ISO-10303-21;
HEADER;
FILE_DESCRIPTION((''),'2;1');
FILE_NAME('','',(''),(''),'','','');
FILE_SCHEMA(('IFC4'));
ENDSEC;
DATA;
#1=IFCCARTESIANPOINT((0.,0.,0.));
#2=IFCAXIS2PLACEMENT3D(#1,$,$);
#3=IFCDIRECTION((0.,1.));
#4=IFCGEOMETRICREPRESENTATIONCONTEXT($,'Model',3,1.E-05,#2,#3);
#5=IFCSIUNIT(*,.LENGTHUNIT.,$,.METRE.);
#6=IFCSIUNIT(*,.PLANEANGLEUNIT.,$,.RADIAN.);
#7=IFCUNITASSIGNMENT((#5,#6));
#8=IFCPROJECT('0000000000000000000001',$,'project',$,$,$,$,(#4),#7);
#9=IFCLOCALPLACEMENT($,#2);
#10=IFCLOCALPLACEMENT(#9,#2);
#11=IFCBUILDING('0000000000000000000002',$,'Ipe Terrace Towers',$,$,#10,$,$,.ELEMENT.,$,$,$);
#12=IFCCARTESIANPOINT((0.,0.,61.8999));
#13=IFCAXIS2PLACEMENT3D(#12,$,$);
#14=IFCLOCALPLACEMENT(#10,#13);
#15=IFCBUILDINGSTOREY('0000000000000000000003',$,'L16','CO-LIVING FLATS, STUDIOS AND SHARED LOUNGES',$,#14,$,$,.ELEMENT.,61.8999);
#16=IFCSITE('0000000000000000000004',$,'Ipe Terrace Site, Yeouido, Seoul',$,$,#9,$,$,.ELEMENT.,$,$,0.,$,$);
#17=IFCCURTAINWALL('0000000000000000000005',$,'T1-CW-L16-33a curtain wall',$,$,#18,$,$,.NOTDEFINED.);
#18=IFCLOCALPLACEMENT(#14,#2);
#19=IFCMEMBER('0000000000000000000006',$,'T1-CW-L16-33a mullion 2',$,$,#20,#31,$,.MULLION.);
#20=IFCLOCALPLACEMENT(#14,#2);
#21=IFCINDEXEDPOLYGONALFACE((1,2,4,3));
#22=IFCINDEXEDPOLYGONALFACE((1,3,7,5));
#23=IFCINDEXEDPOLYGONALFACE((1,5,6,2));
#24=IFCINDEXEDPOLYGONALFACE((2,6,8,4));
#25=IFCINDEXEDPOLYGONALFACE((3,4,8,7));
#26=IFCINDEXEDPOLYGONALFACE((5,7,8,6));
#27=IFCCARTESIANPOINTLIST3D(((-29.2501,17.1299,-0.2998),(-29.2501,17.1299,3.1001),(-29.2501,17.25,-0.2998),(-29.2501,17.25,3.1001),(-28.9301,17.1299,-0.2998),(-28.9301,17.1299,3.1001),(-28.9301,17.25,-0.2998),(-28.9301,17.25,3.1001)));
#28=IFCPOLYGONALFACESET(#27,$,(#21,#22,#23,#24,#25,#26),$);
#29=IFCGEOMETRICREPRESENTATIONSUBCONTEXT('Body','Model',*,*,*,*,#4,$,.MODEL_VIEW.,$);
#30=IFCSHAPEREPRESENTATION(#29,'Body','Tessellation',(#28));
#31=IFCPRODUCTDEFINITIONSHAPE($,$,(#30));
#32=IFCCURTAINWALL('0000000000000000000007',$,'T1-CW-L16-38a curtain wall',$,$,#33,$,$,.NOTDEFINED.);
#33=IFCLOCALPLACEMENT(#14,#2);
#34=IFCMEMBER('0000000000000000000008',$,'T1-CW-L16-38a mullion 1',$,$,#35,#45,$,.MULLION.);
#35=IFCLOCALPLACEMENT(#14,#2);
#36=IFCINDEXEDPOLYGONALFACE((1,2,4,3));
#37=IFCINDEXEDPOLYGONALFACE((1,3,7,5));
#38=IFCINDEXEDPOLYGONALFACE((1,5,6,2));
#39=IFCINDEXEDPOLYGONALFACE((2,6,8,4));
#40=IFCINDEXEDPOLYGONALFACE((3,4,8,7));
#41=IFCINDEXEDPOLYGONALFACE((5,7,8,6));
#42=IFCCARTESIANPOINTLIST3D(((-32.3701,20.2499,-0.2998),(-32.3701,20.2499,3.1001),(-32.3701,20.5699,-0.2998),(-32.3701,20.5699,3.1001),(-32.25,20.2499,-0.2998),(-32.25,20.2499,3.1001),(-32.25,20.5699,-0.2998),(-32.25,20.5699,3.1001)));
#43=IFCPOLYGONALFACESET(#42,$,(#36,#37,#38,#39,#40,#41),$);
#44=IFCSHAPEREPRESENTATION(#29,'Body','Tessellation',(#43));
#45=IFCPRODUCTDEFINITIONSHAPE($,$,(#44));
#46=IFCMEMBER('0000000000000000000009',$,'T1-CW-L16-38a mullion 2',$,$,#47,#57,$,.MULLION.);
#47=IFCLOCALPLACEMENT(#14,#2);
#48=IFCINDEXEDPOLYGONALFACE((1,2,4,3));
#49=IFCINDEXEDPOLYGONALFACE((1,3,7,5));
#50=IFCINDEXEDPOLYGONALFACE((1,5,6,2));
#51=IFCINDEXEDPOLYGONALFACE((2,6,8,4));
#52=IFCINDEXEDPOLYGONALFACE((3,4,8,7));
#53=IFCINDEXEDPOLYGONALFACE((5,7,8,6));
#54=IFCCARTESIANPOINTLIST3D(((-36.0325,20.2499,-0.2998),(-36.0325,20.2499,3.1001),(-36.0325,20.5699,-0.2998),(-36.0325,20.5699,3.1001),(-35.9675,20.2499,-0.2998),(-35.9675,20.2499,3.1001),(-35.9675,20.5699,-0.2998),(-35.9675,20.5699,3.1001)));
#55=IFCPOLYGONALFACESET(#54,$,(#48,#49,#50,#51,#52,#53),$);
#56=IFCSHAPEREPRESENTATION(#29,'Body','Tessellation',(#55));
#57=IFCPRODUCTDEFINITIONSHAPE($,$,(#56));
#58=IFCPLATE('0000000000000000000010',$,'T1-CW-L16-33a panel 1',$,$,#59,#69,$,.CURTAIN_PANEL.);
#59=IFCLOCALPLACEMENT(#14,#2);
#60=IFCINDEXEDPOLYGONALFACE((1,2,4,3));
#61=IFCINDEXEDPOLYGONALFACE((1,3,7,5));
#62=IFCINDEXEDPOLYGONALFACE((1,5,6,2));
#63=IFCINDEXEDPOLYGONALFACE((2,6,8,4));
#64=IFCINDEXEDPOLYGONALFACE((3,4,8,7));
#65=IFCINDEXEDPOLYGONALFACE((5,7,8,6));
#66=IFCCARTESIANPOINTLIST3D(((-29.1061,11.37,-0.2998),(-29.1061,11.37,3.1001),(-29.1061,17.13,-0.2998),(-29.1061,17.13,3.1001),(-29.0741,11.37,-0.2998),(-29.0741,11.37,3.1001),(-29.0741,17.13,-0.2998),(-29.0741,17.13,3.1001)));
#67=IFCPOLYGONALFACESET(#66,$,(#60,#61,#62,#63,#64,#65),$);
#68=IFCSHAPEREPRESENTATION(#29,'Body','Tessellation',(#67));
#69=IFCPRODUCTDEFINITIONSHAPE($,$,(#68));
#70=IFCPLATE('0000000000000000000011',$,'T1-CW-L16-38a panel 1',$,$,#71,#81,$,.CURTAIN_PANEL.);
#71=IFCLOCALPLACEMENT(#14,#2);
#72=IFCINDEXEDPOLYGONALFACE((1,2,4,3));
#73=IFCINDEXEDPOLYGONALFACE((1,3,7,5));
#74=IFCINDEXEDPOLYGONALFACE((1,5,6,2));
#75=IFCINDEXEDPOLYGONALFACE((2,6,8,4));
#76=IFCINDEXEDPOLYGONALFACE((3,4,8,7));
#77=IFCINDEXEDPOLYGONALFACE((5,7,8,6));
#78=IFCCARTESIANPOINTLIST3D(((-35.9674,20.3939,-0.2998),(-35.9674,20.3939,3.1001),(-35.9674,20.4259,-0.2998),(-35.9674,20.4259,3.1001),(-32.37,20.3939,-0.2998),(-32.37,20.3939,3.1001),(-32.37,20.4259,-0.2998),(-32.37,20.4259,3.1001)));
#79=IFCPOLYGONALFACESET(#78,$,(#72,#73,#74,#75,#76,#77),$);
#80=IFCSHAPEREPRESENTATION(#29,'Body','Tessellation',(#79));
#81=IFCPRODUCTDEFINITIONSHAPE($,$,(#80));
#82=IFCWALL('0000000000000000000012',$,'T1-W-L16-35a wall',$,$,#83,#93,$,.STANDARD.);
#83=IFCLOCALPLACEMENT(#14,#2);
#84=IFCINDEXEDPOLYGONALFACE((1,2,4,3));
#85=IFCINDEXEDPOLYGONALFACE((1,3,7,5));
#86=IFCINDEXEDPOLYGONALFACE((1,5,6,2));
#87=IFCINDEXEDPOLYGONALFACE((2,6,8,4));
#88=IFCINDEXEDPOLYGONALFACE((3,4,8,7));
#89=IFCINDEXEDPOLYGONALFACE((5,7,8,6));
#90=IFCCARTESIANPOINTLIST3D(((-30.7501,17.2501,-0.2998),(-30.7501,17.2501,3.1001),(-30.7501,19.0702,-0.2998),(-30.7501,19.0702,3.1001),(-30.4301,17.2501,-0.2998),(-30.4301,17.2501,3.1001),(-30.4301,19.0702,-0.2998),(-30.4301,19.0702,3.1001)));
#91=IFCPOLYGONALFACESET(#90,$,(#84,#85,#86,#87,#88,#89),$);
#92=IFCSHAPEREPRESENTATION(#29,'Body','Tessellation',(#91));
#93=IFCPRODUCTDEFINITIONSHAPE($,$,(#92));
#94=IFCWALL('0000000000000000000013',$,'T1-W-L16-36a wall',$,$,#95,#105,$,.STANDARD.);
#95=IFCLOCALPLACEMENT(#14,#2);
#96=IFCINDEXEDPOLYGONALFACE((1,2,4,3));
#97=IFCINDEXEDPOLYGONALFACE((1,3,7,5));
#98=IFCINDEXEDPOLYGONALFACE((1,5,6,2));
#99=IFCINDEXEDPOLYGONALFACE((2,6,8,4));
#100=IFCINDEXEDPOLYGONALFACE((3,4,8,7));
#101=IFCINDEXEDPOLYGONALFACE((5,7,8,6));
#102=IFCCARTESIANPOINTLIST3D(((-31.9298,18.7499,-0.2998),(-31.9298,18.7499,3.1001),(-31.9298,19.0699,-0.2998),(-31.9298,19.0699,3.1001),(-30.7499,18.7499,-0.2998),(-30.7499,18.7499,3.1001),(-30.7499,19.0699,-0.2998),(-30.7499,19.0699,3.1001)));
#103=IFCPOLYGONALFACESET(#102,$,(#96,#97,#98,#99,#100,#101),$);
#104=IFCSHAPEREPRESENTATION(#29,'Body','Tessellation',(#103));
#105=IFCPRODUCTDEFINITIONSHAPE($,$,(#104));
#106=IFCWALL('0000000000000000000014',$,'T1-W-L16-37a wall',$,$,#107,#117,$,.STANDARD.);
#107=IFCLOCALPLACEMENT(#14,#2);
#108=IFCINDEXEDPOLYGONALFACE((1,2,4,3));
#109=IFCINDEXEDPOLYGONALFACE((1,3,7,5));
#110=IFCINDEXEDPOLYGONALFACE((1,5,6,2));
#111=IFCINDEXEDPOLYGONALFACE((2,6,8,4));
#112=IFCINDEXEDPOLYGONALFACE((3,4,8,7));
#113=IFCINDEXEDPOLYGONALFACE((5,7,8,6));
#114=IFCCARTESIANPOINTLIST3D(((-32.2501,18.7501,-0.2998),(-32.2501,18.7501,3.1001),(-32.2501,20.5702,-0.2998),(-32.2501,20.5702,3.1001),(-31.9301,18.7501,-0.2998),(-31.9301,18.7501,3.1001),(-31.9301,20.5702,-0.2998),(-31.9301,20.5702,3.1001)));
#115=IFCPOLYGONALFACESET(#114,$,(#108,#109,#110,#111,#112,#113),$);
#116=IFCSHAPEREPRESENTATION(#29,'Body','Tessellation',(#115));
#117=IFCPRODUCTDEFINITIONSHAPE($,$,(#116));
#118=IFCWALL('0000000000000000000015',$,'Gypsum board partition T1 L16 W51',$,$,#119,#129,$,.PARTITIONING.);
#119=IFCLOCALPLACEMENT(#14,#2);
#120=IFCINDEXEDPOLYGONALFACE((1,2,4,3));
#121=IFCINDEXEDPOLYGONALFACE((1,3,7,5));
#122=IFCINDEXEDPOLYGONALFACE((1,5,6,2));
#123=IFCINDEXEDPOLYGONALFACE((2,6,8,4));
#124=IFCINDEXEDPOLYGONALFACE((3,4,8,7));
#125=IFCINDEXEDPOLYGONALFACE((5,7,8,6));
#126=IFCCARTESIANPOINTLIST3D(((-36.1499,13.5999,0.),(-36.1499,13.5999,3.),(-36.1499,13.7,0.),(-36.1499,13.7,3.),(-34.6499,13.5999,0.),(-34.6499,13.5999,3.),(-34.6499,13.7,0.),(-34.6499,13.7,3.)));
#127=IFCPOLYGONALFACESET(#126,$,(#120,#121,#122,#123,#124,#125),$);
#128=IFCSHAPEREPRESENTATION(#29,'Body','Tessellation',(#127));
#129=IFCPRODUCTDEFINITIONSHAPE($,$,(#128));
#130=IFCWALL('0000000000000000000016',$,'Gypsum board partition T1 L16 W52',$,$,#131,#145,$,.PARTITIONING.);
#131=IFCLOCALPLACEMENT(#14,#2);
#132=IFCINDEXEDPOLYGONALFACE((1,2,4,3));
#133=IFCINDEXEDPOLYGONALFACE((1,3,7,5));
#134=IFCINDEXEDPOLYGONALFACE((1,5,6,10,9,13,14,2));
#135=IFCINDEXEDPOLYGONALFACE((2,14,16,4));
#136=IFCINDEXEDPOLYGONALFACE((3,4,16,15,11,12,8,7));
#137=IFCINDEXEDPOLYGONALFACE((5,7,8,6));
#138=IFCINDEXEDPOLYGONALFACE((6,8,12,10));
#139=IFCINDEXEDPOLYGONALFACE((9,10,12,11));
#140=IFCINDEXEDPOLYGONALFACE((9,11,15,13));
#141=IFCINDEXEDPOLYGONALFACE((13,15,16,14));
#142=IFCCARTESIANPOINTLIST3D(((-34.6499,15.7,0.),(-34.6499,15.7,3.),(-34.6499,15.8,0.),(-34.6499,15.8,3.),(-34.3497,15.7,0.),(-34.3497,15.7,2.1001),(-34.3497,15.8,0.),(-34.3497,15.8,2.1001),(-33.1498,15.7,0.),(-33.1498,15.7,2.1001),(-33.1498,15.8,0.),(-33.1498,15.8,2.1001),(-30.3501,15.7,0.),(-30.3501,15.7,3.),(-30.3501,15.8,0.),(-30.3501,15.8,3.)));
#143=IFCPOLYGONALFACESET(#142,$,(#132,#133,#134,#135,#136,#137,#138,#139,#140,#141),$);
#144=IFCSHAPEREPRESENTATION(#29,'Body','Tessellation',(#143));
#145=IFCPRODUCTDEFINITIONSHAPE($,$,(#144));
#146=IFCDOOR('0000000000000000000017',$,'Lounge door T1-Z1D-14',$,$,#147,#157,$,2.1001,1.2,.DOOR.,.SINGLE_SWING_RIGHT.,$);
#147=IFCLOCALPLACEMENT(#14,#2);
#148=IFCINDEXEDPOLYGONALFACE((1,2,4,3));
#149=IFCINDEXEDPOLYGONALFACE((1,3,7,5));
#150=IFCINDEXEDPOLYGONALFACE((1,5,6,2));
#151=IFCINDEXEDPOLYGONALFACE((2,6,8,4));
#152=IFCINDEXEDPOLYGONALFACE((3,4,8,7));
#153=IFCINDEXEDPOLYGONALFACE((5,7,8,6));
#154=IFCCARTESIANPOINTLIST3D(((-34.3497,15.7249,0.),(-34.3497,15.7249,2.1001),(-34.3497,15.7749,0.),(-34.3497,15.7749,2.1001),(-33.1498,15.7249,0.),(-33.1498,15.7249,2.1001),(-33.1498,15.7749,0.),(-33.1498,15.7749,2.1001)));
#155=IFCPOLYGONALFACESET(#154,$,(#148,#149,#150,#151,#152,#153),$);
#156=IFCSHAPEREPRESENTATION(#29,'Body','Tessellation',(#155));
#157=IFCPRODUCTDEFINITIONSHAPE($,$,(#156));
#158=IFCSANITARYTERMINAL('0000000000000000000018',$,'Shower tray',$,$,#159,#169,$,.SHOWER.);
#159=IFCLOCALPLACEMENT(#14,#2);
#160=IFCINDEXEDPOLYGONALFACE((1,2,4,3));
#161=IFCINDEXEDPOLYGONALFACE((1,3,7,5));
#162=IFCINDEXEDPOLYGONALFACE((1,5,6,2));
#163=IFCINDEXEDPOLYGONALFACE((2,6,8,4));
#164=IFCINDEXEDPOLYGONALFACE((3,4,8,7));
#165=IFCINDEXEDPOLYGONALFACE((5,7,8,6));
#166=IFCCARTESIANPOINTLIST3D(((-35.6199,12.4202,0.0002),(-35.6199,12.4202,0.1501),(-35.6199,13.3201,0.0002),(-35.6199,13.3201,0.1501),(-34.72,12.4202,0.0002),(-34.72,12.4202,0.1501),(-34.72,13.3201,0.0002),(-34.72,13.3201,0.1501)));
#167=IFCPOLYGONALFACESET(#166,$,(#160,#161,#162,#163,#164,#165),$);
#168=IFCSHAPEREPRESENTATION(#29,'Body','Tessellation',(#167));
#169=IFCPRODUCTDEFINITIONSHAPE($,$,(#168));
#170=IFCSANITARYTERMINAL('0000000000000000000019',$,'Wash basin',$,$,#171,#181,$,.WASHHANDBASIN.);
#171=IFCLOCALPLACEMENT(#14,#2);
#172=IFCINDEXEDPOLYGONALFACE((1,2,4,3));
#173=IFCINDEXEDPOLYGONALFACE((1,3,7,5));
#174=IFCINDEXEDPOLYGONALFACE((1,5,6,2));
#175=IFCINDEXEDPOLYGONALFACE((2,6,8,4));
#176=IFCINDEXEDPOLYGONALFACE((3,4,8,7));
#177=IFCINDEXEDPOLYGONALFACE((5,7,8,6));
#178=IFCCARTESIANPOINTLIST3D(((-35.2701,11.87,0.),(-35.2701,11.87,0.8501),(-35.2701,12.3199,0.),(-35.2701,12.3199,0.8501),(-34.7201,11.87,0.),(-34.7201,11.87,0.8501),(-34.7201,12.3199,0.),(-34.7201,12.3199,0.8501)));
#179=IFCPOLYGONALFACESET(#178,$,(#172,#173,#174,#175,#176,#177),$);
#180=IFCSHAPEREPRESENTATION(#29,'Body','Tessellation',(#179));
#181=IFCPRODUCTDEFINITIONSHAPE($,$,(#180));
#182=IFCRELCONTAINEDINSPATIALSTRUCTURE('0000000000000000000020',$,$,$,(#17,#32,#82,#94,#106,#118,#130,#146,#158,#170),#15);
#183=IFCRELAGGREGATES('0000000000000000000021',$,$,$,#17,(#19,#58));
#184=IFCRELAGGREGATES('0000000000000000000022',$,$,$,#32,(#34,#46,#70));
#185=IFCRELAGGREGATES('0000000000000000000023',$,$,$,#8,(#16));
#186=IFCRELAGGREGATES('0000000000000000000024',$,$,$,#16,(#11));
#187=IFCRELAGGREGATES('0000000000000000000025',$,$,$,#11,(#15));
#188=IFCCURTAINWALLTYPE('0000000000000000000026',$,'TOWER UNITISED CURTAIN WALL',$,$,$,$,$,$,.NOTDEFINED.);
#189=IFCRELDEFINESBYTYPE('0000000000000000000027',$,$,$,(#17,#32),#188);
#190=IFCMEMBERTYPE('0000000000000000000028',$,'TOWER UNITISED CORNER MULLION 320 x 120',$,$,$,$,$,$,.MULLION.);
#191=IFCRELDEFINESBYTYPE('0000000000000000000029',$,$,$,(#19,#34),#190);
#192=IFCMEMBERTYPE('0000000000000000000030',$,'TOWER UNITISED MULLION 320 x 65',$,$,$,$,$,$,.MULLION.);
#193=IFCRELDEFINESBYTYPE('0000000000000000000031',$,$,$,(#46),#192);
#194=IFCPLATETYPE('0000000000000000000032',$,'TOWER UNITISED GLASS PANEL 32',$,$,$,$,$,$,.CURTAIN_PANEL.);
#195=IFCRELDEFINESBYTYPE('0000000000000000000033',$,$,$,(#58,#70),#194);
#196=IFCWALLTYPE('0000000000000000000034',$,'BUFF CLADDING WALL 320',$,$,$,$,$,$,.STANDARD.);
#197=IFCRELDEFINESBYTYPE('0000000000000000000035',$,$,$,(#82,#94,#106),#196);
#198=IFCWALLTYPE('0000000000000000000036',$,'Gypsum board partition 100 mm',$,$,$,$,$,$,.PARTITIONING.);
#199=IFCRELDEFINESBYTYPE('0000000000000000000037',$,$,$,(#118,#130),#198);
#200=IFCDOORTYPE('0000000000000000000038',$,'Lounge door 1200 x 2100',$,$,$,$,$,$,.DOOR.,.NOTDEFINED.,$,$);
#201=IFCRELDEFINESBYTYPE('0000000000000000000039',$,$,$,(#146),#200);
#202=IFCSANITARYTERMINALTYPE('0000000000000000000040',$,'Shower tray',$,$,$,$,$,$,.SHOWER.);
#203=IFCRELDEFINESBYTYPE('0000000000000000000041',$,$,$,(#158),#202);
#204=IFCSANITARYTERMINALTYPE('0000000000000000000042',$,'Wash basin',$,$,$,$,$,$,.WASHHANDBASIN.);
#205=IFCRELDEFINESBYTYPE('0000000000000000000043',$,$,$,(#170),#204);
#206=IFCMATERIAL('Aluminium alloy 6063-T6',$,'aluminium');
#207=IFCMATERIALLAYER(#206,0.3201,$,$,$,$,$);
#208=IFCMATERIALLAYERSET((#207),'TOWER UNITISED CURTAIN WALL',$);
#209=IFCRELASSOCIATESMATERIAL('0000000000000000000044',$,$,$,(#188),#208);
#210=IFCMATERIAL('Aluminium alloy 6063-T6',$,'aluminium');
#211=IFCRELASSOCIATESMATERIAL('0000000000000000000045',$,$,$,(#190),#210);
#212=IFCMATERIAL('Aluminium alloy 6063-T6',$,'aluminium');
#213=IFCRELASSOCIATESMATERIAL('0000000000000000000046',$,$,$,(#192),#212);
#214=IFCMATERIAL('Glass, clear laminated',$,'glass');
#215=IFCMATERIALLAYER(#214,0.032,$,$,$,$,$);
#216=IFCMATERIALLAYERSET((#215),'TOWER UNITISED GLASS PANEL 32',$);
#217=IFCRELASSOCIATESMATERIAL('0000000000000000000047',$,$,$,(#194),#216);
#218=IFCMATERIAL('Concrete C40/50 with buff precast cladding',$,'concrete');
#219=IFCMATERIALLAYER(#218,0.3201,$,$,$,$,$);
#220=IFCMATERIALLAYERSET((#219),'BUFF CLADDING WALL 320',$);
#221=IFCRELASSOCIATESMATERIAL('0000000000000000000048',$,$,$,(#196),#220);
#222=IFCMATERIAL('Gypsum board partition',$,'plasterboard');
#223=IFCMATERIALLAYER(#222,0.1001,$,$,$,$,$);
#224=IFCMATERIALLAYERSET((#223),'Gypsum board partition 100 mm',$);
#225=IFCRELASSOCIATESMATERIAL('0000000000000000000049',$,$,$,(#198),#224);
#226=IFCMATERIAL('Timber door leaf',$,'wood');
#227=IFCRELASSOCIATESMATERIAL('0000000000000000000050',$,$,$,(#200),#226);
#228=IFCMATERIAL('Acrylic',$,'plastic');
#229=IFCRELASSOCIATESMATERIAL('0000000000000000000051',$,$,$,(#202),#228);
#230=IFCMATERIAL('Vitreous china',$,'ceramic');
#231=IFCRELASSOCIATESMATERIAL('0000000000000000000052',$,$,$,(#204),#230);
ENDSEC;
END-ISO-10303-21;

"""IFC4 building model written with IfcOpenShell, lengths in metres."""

from ifc_helpers import new_model, si_unit, direction, frame, frame_2d, origin, origin_2d, place, context, subcontext, project, spatial, rectangle, extrude, material, layer, layer_set, material_profile, profile_set, type_object, element, fill, aggregate, save


model = new_model("IFC4")

# Units and contexts
model_context = context("Model", 3, precision=1e-05, world=origin(), true_north=direction((0.0, 1.0)))
body_context = subcontext(model_context, "Body", "Model", "MODEL_VIEW")
ifc_project = project(units=[si_unit("LENGTHUNIT", "METRE"), si_unit("PLANEANGLEUNIT", "RADIAN")], contexts=[model_context])

# Site, building, storey
site_placement = place(None, origin())
site = spatial("IfcSite", under=ifc_project, at=site_placement, Name="Ipe Terrace Site, Yeouido, Seoul", CompositionType="ELEMENT", RefElevation=0.0)
building_placement = place(site_placement, origin())
building = spatial("IfcBuilding", under=site, at=building_placement, Name="Ipe Terrace Towers", CompositionType="ELEMENT")
storey_placement = place(building_placement, frame((0.0, 0.0, 61.8999)))
storey = spatial("IfcBuildingStorey", under=building, at=storey_placement, Name="L16", Description="CO-LIVING FLATS, STUDIOS AND SHARED LOUNGES", CompositionType="ELEMENT", Elevation=61.8999)

# Curtain wall, member
ifc_material_1 = material(Name="Aluminium alloy 6063-T6", Category="aluminium")
ifc_layer_1 = layer(ifc_material_1, 0.3201)
ifc_layer_set_1 = layer_set([ifc_layer_1], Name="TOWER UNITISED CURTAIN WALL")
curtain_wall_type = type_object("IfcCurtainWallType", Name="TOWER UNITISED CURTAIN WALL", PredefinedType="NOTDEFINED", material=ifc_layer_set_1)
curtain_wall_1_placement = place(storey_placement, origin())
curtain_wall_1 = element("IfcCurtainWall", 1, at=curtain_wall_1_placement, inside=storey, type_object=curtain_wall_type, Name="T1-CW-L16-33a curtain wall", PredefinedType="NOTDEFINED")
ifc_material_2 = material(Name="Aluminium alloy 6063-T6", Category="aluminium")
ifc_material_profile_1 = material_profile(ifc_material_2, rectangle(XDim=0.3201, YDim=0.1201, at=origin_2d()), Name="TOWER UNITISED CORNER MULLION 320 x 120")
ifc_profile_set_1 = profile_set([ifc_material_profile_1], Name="Aluminium alloy 6063-T6")
member_type_1 = type_object("IfcMemberType", Name="TOWER UNITISED CORNER MULLION 320 x 120", PredefinedType="MULLION", material=ifc_profile_set_1)
member_1_placement = place(storey_placement, frame((-29.0901, 17.1899, -0.2998), z_axis=(0.0, 0.0, 1.0), x_axis=(1.0, 0.0, 0.0)))
member_1 = element("IfcMember", 2, at=member_1_placement, type_object=member_type_1, Name="T1-CW-L16-33a mullion 2", PredefinedType="MULLION", context=body_context, shape_type="SweptSolid", body=[
    extrude(rectangle(XDim=0.3201, YDim=0.1201, at=origin_2d()), origin(), (0.0, 0.0, 1.0), 3.3999),
])

# Curtain wall, members
curtain_wall_2_placement = place(storey_placement, origin())
curtain_wall_2 = element("IfcCurtainWall", 3, at=curtain_wall_2_placement, inside=storey, type_object=curtain_wall_type, Name="T1-CW-L16-38a curtain wall", PredefinedType="NOTDEFINED")
member_2_placement = place(storey_placement, frame((-32.3101, 20.4099, -0.2998), z_axis=(0.0, 0.0, 1.0), x_axis=(0.0, 1.0, 0.0)))
member_2 = element("IfcMember", 4, at=member_2_placement, type_object=member_type_1, Name="T1-CW-L16-38a mullion 1", PredefinedType="MULLION", context=body_context, shape_type="SweptSolid", body=[
    extrude(rectangle(XDim=0.3201, YDim=0.1201, at=origin_2d()), origin(), (0.0, 0.0, 1.0), 3.3999),
])
ifc_material_3 = material(Name="Aluminium alloy 6063-T6", Category="aluminium")
ifc_material_profile_2 = material_profile(ifc_material_3, rectangle(XDim=0.3201, YDim=0.0649, at=origin_2d()), Name="TOWER UNITISED MULLION 320 x 65")
ifc_profile_set_2 = profile_set([ifc_material_profile_2], Name="Aluminium alloy 6063-T6")
member_type_2 = type_object("IfcMemberType", Name="TOWER UNITISED MULLION 320 x 65", PredefinedType="MULLION", material=ifc_profile_set_2)
member_3_placement = place(storey_placement, frame((-36.0, 20.4099, -0.2998), z_axis=(0.0, 0.0, 1.0), x_axis=(0.0, 1.0, 0.0)))
member_3 = element("IfcMember", 5, at=member_3_placement, type_object=member_type_2, Name="T1-CW-L16-38a mullion 2", PredefinedType="MULLION", context=body_context, shape_type="SweptSolid", body=[
    extrude(rectangle(XDim=0.3201, YDim=0.0649, at=origin_2d()), origin(), (0.0, 0.0, 1.0), 3.3999),
])

# Plates
ifc_material_4 = material(Name="Glass, clear laminated", Category="glass")
ifc_layer_2 = layer(ifc_material_4, 0.032)
ifc_layer_set_2 = layer_set([ifc_layer_2], Name="TOWER UNITISED GLASS PANEL 32")
plate_type = type_object("IfcPlateType", Name="TOWER UNITISED GLASS PANEL 32", PredefinedType="CURTAIN_PANEL", material=ifc_layer_set_2)
plate_1_placement = place(storey_placement, frame((-29.0901, 14.25, -0.2998), z_axis=(0.0, 0.0, 1.0), x_axis=(0.0, 1.0, 0.0)))
plate_1 = element("IfcPlate", 6, at=plate_1_placement, type_object=plate_type, Name="T1-CW-L16-33a panel 1", PredefinedType="CURTAIN_PANEL", context=body_context, shape_type="SweptSolid", body=[
    extrude(rectangle(XDim=5.76, YDim=0.032, at=origin_2d()), origin(), (0.0, 0.0, 1.0), 3.3999),
])
aggregate(curtain_wall_1, [member_1, plate_1])
plate_2_placement = place(storey_placement, frame((-34.1687, 20.4099, -0.2998), z_axis=(0.0, 0.0, 1.0), x_axis=(-1.0, 0.0, 0.0)))
plate_2 = element("IfcPlate", 7, at=plate_2_placement, type_object=plate_type, Name="T1-CW-L16-38a panel 1", PredefinedType="CURTAIN_PANEL", context=body_context, shape_type="SweptSolid", body=[
    extrude(rectangle(XDim=3.5974, YDim=0.032, at=origin_2d()), origin(), (0.0, 0.0, 1.0), 3.3999),
])
aggregate(curtain_wall_2, [member_2, member_3, plate_2])

# Walls
ifc_material_5 = material(Name="Concrete C40/50 with buff precast cladding", Category="concrete")
ifc_layer_3 = layer(ifc_material_5, 0.3201)
ifc_layer_set_3 = layer_set([ifc_layer_3], Name="BUFF CLADDING WALL 320")
wall_type_1 = type_object("IfcWallType", Name="BUFF CLADDING WALL 320", PredefinedType="STANDARD", material=ifc_layer_set_3)
wall_1_placement = place(storey_placement, frame((-30.5901, 17.25, -0.2998), z_axis=(0.0, 0.0, 1.0), x_axis=(0.0, 1.0, 0.0)))
element("IfcWall", 8, at=wall_1_placement, inside=storey, type_object=wall_type_1, Name="T1-W-L16-35a wall", PredefinedType="STANDARD", context=body_context, shape_type="SweptSolid", body=[
    extrude(rectangle(XDim=1.8201, YDim=0.3201, at=frame_2d((0.9102, 0.0))), origin(), (0.0, 0.0, 1.0), 3.3999),
])
wall_2_placement = place(storey_placement, frame((-30.75, 18.9099, -0.2998), z_axis=(0.0, 0.0, 1.0), x_axis=(-1.0, 0.0, 0.0)))
element("IfcWall", 9, at=wall_2_placement, inside=storey, type_object=wall_type_1, Name="T1-W-L16-36a wall", PredefinedType="STANDARD", context=body_context, shape_type="SweptSolid", body=[
    extrude(rectangle(XDim=1.1799, YDim=0.3201, at=frame_2d((0.5898, 0.0))), origin(), (0.0, 0.0, 1.0), 3.3999),
])
wall_3_placement = place(storey_placement, frame((-32.0901, 18.75, -0.2998), z_axis=(0.0, 0.0, 1.0), x_axis=(0.0, 1.0, 0.0)))
element("IfcWall", 10, at=wall_3_placement, inside=storey, type_object=wall_type_1, Name="T1-W-L16-37a wall", PredefinedType="STANDARD", context=body_context, shape_type="SweptSolid", body=[
    extrude(rectangle(XDim=1.8201, YDim=0.3201, at=frame_2d((0.9102, 0.0))), origin(), (0.0, 0.0, 1.0), 3.3999),
])
ifc_material_6 = material(Name="Gypsum board partition", Category="plasterboard")
ifc_layer_4 = layer(ifc_material_6, 0.1001)
ifc_layer_set_4 = layer_set([ifc_layer_4], Name="Gypsum board partition 100 mm")
wall_type_2 = type_object("IfcWallType", Name="Gypsum board partition 100 mm", PredefinedType="PARTITIONING", material=ifc_layer_set_4)
wall_4_placement = place(storey_placement, frame((-36.1499, 13.6499, 0.0), z_axis=(0.0, 0.0, 1.0), x_axis=(1.0, 0.0, 0.0)))
element("IfcWall", 11, at=wall_4_placement, inside=storey, type_object=wall_type_2, Name="Gypsum board partition T1 L16 W51", PredefinedType="PARTITIONING", context=body_context, shape_type="SweptSolid", body=[
    extrude(rectangle(XDim=1.5, YDim=0.1001, at=frame_2d((0.75, 0.0))), origin(), (0.0, 0.0, 1.0), 3.0),
])

# Wall, opening, door
wall_5_placement = place(storey_placement, frame((-34.6499, 15.75, 0.0), z_axis=(0.0, 0.0, 1.0), x_axis=(1.0, 0.0, 0.0)))
wall_5 = element("IfcWall", 12, at=wall_5_placement, inside=storey, type_object=wall_type_2, Name="Gypsum board partition T1 L16 W52", PredefinedType="PARTITIONING", context=body_context, shape_type="SweptSolid", body=[
    extrude(rectangle(XDim=4.2998, YDim=0.1001, at=frame_2d((2.1499, 0.0))), origin(), (0.0, 0.0, 1.0), 3.0),
])
opening_placement = place(wall_5_placement, frame((0.3, 0.0, 0.0)))
opening = element("IfcOpeningElement", 13, at=opening_placement, cuts=wall_5, PredefinedType="OPENING", context=body_context, shape_type="SweptSolid", body=[
    extrude(rectangle(XDim=1.2, YDim=2.1001, at=frame_2d((0.6001, 1.05))), frame((0.0, 0.0601, 0.0), z_axis=(0.0, -1.0, 0.0), x_axis=(1.0, 0.0, 0.0)), (0.0, 0.0, 1.0), 0.1201),
])
ifc_material_7 = material(Name="Timber door leaf", Category="wood")
door_type = type_object("IfcDoorType", Name="Lounge door 1200 x 2100", OperationType="NOTDEFINED", PredefinedType="DOOR", material=ifc_material_7)
door_placement = place(opening_placement, origin())
door = element("IfcDoor", 14, at=door_placement, inside=storey, type_object=door_type, Name="Lounge door T1-Z1D-14", OperationType="SINGLE_SWING_RIGHT", OverallHeight=2.1001, OverallWidth=1.2, PredefinedType="DOOR", context=body_context, shape_type="SweptSolid", body=[
    extrude(rectangle(XDim=1.2, YDim=2.1001, at=frame_2d((0.6001, 1.05))), frame((0.0, 0.0249, 0.0), z_axis=(0.0, -1.0, 0.0), x_axis=(1.0, 0.0, 0.0)), (0.0, 0.0, 1.0), 0.05),
])
fill(opening, door)

# Sanitary terminals
ifc_material_8 = material(Name="Acrylic", Category="plastic")
sanitary_terminal_type_1 = type_object("IfcSanitaryTerminalType", Name="Shower tray", PredefinedType="SHOWER", material=ifc_material_8)
sanitary_terminal_1_placement = place(storey_placement, frame((-35.1699, 12.8701, 0.0002), z_axis=(0.0, 0.0, 1.0), x_axis=(-1.0, 0.0, 0.0)))
element("IfcSanitaryTerminal", 15, at=sanitary_terminal_1_placement, inside=storey, type_object=sanitary_terminal_type_1, Name="Shower tray", PredefinedType="SHOWER", context=body_context, shape_type="SweptSolid", body=[
    extrude(rectangle(XDim=0.8999, YDim=0.8999, at=origin_2d()), origin(), (0.0, 0.0, 1.0), 0.1499),
])
ifc_material_9 = material(Name="Vitreous china", Category="ceramic")
sanitary_terminal_type_2 = type_object("IfcSanitaryTerminalType", Name="Wash basin", PredefinedType="WASHHANDBASIN", material=ifc_material_9)
sanitary_terminal_2_placement = place(storey_placement, frame((-34.9951, 12.095, 0.0), z_axis=(0.0, 0.0, 1.0), x_axis=(-1.0, 0.0, 0.0)))
element("IfcSanitaryTerminal", 16, at=sanitary_terminal_2_placement, inside=storey, type_object=sanitary_terminal_type_2, Name="Wash basin", PredefinedType="WASHHANDBASIN", context=body_context, shape_type="SweptSolid", body=[
    extrude(rectangle(XDim=0.55, YDim=0.45, at=origin_2d()), origin(), (0.0, 0.0, 1.0), 0.8501),
])

save(model, "model.ifc")
